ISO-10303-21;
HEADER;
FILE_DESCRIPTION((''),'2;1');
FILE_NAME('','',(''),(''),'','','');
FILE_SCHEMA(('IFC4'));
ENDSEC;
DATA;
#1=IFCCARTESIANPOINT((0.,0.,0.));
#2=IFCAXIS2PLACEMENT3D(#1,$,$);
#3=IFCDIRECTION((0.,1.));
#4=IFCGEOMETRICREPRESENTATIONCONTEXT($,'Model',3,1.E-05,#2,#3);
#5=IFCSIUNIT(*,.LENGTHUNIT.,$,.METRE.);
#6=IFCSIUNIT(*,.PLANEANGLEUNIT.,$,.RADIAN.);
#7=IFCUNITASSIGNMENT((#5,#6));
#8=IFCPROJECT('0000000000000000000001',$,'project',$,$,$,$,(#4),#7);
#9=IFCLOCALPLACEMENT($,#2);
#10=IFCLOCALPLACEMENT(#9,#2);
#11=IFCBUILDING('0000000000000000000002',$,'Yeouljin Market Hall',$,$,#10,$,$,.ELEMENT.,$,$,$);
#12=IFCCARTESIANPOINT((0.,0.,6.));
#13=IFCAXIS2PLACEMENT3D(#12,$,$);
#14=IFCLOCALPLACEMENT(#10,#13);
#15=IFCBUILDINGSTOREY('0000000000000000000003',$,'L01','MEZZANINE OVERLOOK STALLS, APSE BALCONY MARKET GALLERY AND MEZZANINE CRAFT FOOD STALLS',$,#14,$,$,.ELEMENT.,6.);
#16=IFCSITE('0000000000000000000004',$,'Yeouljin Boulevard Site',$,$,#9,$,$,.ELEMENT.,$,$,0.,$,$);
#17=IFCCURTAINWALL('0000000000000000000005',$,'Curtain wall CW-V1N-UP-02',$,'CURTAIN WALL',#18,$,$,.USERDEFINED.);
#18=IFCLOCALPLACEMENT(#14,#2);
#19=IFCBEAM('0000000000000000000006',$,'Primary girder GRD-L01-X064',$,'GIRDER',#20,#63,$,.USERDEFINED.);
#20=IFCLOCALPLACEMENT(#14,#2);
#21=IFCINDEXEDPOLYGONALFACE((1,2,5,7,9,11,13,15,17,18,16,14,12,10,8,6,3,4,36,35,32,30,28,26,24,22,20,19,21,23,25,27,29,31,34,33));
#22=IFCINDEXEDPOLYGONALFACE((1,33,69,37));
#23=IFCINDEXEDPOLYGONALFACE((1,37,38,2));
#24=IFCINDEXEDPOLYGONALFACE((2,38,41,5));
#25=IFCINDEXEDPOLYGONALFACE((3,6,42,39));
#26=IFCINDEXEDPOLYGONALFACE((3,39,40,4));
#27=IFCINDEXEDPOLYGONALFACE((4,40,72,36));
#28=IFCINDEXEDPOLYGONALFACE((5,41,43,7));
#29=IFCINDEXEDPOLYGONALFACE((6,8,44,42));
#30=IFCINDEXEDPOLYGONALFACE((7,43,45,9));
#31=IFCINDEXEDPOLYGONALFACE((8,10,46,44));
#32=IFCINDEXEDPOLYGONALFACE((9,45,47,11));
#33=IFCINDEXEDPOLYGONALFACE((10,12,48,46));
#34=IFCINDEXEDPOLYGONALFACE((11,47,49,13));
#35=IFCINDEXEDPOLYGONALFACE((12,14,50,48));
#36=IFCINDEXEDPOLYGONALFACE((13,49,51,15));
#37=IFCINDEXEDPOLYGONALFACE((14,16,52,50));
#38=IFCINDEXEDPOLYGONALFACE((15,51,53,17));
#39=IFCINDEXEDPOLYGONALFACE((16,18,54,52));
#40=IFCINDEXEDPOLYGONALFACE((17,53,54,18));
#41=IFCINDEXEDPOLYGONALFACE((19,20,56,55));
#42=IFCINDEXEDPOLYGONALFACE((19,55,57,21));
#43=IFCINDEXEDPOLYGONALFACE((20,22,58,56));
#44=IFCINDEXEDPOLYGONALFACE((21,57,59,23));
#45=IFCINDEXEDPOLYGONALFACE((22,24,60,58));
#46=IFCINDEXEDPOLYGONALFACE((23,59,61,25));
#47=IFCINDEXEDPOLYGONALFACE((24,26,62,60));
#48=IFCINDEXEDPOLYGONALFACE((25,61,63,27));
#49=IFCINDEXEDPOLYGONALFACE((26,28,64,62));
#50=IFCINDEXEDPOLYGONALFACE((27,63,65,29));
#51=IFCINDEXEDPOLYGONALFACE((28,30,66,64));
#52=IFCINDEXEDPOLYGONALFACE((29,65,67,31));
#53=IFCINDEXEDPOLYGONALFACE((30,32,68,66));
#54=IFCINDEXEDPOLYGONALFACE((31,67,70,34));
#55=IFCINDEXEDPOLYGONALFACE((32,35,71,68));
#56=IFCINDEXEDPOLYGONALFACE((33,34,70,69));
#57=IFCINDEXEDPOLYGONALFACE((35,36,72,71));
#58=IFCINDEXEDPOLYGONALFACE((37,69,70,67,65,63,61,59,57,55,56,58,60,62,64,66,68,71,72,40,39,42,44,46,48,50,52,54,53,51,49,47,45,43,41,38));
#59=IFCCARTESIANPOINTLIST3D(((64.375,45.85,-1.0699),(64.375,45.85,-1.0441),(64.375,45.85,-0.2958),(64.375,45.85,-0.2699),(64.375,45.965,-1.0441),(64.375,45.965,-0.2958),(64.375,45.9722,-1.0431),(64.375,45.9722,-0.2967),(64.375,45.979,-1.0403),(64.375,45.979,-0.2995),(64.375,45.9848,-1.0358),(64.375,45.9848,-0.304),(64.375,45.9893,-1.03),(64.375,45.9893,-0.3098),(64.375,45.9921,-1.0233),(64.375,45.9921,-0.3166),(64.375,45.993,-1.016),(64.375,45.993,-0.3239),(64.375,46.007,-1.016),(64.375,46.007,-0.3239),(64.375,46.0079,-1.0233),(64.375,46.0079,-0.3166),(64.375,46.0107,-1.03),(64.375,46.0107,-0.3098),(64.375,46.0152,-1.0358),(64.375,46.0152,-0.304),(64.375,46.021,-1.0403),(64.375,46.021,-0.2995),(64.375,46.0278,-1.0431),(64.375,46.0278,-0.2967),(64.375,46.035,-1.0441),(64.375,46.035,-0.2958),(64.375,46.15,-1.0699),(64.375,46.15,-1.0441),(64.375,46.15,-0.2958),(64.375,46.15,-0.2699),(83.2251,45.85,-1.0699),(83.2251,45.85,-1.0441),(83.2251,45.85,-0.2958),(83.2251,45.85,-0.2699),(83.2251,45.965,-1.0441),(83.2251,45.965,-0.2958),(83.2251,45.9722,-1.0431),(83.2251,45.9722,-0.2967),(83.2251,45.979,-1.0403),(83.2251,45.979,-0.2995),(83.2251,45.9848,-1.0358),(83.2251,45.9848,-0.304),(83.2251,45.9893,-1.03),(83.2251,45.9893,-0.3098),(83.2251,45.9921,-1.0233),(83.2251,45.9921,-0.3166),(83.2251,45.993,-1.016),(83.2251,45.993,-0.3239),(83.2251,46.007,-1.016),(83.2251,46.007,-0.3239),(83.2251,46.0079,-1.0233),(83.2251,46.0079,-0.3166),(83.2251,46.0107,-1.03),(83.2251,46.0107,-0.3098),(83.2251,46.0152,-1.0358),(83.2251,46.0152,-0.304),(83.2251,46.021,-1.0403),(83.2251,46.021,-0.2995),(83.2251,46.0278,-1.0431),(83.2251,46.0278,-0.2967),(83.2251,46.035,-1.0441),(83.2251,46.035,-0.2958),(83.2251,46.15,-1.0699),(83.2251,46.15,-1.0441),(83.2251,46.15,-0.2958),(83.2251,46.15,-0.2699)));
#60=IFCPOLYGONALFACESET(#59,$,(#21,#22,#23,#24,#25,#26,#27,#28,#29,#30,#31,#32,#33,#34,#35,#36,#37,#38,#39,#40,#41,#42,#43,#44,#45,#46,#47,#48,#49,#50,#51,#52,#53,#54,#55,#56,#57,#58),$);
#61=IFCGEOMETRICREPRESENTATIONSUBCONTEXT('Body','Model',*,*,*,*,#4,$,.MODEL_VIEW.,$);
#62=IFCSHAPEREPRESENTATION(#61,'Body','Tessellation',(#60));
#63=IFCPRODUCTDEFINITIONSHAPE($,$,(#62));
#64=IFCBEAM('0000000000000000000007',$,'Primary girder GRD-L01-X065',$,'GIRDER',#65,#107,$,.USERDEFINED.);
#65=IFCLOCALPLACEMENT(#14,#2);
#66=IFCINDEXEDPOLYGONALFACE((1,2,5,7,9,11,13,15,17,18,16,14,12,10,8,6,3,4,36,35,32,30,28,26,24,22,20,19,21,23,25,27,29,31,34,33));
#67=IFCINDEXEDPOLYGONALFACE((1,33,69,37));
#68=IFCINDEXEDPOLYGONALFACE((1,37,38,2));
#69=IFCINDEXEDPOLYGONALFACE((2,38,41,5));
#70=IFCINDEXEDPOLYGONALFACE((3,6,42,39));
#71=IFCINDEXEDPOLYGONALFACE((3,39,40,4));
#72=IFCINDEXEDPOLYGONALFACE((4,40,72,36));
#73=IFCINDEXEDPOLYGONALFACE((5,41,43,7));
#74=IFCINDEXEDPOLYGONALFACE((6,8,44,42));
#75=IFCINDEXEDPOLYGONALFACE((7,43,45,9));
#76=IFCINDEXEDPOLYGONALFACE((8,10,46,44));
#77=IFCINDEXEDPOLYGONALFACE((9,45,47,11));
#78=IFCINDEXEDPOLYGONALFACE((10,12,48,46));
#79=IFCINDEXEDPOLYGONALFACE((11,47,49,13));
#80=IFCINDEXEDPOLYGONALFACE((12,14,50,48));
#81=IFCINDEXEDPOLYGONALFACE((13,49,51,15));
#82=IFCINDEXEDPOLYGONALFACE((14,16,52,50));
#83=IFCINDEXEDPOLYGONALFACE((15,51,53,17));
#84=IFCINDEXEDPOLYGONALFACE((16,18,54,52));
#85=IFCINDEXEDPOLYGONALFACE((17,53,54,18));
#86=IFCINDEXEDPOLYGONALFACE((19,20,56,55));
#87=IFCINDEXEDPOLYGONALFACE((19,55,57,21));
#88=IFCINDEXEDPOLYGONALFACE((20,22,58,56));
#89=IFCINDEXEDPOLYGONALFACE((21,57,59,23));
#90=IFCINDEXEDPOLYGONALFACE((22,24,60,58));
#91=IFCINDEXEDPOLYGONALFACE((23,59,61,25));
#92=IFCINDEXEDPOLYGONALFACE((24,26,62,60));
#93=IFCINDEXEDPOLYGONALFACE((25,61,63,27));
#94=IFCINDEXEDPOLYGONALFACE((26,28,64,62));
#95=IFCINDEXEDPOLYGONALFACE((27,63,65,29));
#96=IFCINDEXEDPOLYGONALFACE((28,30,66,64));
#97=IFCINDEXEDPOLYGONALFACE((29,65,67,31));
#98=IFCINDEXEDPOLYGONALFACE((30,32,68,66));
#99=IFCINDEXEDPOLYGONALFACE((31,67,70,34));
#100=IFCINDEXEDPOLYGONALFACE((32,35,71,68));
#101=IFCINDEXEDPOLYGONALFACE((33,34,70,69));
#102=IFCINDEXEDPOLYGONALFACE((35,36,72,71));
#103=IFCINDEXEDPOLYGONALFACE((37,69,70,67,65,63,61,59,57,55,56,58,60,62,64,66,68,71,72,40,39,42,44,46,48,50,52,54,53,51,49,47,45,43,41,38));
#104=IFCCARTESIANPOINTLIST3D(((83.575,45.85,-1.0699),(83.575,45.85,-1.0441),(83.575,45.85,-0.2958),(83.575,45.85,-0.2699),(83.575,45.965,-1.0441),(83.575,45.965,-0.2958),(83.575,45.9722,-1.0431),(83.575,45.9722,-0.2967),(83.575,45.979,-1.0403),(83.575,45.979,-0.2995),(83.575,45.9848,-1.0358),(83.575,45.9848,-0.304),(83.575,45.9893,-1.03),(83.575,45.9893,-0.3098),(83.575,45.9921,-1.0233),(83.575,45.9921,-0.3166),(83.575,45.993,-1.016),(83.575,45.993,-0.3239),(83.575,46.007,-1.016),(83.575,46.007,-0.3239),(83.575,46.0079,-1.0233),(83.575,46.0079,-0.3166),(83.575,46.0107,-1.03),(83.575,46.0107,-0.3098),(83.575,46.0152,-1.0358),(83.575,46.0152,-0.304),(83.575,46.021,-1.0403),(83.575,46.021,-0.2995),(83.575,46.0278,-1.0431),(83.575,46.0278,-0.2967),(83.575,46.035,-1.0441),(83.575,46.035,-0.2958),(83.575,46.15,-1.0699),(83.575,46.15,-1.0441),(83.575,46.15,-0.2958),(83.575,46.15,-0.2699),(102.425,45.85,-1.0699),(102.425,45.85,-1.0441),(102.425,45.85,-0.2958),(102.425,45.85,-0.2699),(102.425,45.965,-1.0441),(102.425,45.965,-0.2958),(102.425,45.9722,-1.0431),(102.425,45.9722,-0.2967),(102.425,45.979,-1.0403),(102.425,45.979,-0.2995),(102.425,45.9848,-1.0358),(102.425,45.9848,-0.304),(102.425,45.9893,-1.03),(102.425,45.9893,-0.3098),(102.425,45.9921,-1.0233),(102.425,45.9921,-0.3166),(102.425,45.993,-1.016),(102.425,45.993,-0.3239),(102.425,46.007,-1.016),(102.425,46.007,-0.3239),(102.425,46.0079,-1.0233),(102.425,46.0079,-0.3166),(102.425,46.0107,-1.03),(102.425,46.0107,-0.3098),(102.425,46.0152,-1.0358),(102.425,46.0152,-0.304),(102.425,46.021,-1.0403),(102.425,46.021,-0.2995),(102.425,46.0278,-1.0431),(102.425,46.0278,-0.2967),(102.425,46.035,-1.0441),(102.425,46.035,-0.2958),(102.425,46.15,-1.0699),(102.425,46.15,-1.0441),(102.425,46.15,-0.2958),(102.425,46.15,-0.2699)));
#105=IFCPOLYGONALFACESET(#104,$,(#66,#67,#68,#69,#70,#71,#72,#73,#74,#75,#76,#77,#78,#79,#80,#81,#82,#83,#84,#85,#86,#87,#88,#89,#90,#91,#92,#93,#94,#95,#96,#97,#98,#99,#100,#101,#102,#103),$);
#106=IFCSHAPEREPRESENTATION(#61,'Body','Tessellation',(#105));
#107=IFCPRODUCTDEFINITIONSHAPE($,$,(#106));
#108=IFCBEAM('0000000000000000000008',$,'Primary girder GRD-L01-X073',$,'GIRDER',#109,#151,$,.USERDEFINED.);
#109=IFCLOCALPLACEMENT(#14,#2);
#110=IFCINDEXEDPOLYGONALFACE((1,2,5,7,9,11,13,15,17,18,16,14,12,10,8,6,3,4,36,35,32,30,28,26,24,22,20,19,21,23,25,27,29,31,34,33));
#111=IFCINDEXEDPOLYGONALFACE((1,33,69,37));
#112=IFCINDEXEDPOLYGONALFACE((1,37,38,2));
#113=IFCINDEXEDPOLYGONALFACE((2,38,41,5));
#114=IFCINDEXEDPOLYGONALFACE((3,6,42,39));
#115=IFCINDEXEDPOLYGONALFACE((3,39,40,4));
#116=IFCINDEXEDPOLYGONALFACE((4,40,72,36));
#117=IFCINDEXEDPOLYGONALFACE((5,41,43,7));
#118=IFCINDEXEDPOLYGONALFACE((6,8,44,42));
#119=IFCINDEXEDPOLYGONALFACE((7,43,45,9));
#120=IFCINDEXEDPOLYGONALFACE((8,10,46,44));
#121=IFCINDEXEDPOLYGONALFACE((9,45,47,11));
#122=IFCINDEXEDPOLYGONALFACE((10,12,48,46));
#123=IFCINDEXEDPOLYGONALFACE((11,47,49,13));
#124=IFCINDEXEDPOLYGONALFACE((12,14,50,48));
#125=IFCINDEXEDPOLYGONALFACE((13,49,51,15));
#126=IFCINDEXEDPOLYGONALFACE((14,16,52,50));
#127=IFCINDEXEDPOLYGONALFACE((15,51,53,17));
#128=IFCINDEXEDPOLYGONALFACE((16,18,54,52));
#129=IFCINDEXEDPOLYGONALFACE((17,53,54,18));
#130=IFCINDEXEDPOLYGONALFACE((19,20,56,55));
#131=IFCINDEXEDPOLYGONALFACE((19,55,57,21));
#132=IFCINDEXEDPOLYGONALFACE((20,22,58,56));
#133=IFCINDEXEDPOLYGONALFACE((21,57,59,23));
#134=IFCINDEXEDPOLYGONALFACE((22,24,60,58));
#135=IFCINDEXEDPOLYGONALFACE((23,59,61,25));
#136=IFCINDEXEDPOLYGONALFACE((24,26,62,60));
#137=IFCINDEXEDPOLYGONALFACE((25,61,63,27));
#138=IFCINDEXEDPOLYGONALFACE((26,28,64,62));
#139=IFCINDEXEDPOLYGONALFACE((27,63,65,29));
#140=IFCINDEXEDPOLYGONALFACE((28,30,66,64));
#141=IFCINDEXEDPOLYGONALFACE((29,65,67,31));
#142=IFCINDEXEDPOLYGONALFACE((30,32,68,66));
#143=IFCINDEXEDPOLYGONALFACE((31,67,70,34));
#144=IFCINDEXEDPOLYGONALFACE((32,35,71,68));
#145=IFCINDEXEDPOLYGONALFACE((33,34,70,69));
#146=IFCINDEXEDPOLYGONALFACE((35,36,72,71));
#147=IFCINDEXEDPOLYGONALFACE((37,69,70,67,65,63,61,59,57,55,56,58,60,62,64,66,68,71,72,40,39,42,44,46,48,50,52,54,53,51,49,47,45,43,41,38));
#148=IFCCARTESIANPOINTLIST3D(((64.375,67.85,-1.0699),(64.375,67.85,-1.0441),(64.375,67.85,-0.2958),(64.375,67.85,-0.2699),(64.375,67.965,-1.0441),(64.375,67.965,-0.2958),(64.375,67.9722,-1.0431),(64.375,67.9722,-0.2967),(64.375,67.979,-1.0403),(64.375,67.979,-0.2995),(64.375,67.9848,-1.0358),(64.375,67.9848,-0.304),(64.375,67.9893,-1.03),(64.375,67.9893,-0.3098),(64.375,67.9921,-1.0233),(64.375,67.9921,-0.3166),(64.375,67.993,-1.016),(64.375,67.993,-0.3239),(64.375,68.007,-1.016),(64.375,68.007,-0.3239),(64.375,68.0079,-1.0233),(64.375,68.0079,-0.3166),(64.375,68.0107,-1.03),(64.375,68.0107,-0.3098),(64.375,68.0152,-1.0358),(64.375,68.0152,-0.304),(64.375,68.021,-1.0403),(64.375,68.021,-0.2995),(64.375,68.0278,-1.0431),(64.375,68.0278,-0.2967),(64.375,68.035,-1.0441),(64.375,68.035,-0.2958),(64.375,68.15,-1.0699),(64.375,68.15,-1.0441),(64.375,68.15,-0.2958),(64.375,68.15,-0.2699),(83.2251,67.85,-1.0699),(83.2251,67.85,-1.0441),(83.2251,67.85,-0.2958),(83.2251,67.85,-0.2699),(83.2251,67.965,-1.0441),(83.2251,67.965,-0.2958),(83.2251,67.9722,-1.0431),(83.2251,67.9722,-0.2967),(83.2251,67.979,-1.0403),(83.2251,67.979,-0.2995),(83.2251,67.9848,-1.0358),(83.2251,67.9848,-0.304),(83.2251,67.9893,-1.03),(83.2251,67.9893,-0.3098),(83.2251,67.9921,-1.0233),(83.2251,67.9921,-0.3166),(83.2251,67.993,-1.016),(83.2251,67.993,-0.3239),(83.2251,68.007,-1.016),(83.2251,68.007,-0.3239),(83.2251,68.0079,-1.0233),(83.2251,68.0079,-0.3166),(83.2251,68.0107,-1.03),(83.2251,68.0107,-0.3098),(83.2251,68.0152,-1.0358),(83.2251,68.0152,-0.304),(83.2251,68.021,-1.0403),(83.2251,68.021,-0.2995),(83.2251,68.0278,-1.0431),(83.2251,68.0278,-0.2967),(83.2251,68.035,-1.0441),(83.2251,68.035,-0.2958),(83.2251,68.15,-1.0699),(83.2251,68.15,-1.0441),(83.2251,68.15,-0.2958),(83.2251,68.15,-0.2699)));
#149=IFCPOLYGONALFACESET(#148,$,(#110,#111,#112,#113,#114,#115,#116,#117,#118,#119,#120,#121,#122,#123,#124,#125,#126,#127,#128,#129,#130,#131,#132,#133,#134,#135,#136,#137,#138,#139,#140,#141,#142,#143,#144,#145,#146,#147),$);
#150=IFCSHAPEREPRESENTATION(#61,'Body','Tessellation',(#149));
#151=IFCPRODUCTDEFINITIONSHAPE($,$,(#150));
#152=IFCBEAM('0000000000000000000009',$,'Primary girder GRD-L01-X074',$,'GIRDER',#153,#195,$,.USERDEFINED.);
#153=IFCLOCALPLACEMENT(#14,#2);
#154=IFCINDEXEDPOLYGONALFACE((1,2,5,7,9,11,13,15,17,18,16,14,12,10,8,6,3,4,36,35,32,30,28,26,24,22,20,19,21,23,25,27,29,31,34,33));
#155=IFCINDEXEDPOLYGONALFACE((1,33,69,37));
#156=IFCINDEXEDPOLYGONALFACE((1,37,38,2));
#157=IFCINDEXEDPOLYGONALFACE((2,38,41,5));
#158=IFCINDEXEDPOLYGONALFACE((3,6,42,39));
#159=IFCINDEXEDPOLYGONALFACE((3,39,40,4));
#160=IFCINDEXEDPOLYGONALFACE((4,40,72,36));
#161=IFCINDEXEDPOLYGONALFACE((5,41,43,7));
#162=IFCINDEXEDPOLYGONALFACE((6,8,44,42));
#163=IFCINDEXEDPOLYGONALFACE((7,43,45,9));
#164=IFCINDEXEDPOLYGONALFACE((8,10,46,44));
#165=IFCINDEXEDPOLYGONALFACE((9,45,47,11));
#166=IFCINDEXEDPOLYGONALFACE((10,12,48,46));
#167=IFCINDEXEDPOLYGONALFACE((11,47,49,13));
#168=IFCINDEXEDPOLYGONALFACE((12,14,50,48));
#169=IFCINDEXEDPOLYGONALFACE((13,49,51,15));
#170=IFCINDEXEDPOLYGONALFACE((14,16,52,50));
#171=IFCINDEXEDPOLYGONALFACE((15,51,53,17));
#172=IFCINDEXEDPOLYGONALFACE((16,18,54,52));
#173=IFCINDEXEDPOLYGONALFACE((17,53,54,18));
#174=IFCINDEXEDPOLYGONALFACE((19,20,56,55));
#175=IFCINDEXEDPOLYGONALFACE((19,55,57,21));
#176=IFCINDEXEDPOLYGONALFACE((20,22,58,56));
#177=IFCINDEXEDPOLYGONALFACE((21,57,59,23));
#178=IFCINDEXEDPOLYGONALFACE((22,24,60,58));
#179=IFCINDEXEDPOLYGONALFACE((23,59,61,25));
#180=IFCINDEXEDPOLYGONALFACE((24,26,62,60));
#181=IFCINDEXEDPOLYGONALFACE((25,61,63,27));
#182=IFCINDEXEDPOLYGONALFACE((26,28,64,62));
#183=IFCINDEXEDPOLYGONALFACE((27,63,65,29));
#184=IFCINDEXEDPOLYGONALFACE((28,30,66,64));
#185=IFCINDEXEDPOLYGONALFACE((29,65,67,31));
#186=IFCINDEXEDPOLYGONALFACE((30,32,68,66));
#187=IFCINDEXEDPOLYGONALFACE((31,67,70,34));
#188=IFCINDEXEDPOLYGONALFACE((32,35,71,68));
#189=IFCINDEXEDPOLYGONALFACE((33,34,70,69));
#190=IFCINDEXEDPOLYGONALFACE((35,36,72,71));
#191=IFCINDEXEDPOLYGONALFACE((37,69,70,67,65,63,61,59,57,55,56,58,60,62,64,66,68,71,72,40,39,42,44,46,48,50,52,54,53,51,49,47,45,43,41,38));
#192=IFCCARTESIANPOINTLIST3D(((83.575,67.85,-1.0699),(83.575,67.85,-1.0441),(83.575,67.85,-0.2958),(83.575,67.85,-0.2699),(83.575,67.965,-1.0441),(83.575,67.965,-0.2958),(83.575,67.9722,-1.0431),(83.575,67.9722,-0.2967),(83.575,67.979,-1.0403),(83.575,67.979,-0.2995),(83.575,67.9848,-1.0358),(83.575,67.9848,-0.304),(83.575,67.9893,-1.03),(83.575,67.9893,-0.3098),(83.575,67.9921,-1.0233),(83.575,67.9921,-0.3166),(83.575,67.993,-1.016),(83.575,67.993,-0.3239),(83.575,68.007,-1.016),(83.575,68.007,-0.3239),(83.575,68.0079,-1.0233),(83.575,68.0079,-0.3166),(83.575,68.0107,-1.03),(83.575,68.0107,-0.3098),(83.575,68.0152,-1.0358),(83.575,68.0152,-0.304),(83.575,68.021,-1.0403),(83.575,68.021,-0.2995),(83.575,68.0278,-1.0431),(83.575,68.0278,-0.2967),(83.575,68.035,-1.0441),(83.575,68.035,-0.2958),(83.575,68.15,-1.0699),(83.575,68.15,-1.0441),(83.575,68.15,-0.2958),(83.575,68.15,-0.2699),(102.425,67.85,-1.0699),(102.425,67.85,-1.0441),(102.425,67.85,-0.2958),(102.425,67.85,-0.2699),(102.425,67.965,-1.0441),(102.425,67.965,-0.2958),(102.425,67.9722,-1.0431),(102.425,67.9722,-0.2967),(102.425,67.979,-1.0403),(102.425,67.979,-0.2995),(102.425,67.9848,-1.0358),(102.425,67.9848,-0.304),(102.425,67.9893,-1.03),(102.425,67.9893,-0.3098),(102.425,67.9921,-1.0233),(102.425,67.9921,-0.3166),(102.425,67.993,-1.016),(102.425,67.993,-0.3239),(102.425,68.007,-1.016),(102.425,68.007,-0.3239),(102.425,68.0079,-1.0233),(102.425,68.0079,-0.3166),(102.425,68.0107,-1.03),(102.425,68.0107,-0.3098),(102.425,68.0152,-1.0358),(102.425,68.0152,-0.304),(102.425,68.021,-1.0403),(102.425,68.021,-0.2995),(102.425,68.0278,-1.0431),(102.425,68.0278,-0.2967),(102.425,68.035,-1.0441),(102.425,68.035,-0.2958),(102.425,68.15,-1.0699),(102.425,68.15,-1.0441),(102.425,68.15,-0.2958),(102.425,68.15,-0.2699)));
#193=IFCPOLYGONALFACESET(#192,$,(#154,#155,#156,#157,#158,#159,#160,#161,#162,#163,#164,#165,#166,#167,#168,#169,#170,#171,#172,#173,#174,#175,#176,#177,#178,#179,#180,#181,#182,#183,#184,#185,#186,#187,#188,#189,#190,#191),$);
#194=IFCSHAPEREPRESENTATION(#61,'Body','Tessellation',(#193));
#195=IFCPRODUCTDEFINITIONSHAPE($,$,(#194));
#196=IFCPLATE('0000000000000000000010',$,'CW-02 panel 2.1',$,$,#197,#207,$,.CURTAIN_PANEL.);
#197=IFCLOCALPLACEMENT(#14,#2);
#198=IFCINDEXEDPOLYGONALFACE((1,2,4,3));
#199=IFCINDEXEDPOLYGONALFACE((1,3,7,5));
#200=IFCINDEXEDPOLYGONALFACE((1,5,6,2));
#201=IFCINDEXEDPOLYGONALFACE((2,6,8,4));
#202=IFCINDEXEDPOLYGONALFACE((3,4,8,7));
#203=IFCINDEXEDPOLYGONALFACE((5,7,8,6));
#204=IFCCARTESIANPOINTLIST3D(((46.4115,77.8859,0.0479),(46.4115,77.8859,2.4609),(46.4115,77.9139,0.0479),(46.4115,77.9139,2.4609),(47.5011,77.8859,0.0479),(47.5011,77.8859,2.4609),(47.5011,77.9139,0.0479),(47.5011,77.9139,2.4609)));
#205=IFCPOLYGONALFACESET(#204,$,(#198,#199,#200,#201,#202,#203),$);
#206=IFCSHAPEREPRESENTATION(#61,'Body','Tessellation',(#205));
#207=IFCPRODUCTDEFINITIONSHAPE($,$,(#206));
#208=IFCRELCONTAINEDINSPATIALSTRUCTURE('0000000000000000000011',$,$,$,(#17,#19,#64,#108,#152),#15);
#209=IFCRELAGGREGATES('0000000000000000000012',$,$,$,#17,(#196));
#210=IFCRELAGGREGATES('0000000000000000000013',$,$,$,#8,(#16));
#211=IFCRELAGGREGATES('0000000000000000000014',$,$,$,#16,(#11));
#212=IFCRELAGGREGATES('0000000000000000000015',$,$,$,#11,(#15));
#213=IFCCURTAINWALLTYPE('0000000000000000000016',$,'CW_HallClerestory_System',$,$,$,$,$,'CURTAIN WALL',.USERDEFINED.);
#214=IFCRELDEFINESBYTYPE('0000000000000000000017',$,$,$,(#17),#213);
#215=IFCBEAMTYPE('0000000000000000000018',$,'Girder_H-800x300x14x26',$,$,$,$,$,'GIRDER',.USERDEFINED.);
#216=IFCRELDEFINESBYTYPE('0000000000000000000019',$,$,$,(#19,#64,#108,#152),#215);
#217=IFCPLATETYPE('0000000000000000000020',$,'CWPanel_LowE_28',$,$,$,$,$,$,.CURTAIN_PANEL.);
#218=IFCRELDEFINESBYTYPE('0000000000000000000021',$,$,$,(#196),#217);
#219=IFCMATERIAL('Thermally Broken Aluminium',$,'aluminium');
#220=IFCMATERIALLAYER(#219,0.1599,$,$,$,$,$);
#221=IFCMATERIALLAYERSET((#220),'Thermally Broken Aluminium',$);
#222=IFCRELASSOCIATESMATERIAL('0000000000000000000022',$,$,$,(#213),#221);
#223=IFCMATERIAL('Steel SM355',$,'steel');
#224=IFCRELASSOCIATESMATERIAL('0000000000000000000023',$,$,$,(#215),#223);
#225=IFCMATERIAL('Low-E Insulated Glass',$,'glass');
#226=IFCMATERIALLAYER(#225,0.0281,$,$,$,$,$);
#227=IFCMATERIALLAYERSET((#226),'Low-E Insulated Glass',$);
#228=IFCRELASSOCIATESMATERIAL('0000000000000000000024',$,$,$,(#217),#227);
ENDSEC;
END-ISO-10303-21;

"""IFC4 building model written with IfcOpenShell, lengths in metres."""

from ifc_helpers import new_model, si_unit, direction, frame, origin, origin_2d, place, context, subcontext, project, spatial, rectangle, i_section, extrude, material, layer, layer_set, material_profile, profile_set, type_object, element, aggregate, save


model = new_model("IFC4")

# Units and contexts
model_context = context("Model", 3, precision=1e-05, world=origin(), true_north=direction((0.0, 1.0)))
body_context = subcontext(model_context, "Body", "Model", "MODEL_VIEW")
ifc_project = project(units=[si_unit("LENGTHUNIT", "METRE"), si_unit("PLANEANGLEUNIT", "RADIAN")], contexts=[model_context])

# Site, building, storey
site_placement = place(None, origin())
site = spatial("IfcSite", under=ifc_project, at=site_placement, Name="Yeouljin Boulevard Site", CompositionType="ELEMENT", RefElevation=0.0)
building_placement = place(site_placement, origin())
building = spatial("IfcBuilding", under=site, at=building_placement, Name="Yeouljin Market Hall", CompositionType="ELEMENT")
storey_placement = place(building_placement, frame((0.0, 0.0, 6.0)))
storey = spatial("IfcBuildingStorey", under=building, at=storey_placement, Name="L01", Description="MEZZANINE OVERLOOK STALLS, APSE BALCONY MARKET GALLERY AND MEZZANINE CRAFT FOOD STALLS", CompositionType="ELEMENT", Elevation=6.0)

# Curtain wall
ifc_material_1 = material(Name="Thermally Broken Aluminium", Category="aluminium")
ifc_layer_1 = layer(ifc_material_1, 0.1599)
ifc_layer_set_1 = layer_set([ifc_layer_1], Name="Thermally Broken Aluminium")
curtain_wall_type = type_object("IfcCurtainWallType", Name="CW_HallClerestory_System", ElementType="CURTAIN WALL", PredefinedType="USERDEFINED", material=ifc_layer_set_1)
curtain_wall_placement = place(storey_placement, origin())
curtain_wall = element("IfcCurtainWall", 1, at=curtain_wall_placement, inside=storey, type_object=curtain_wall_type, Name="Curtain wall CW-V1N-UP-02", ObjectType="CURTAIN WALL", PredefinedType="USERDEFINED")

# Beams
ifc_material_2 = material(Name="Steel SM355", Category="steel")
ifc_material_profile_1 = material_profile(ifc_material_2, i_section(OverallWidth=0.3, OverallDepth=0.8, WebThickness=0.0139, FlangeThickness=0.0259, FilletRadius=0.0281, at=origin_2d()), Name="H-800x300x14x26")
ifc_profile_set_1 = profile_set([ifc_material_profile_1], Name="Steel SM355")
beam_type_1 = type_object("IfcBeamType", Name="Girder_H-800x300x14x26", ElementType="GIRDER", PredefinedType="USERDEFINED", material=ifc_profile_set_1)
for number, where, z_axis, x_axis, name in (
    (2, (64.375, 46.0, -0.6699), (1.0, 0.0, 0.0), (0.0, 1.0, 0.0), "Primary girder GRD-L01-X064"),
    (3, (83.575, 46.0, -0.6699), (1.0, 0.0, 0.0), (0.0, 1.0, 0.0), "Primary girder GRD-L01-X065"),
    (4, (64.375, 68.0, -0.6699), (1.0, 0.0, 0.0), (0.0, 1.0, 0.0), "Primary girder GRD-L01-X073"),
    (5, (83.575, 68.0, -0.6699), (1.0, 0.0, 0.0), (0.0, 1.0, 0.0), "Primary girder GRD-L01-X074"),
):
    element("IfcBeam", number, at=place(storey_placement, frame(where, z_axis=z_axis, x_axis=x_axis)), inside=storey, type_object=beam_type_1, Name=name, ObjectType="GIRDER", PredefinedType="USERDEFINED", context=body_context, shape_type="SweptSolid", body=[
        extrude(i_section(OverallWidth=0.3, OverallDepth=0.8, WebThickness=0.0139, FlangeThickness=0.0259, FilletRadius=0.0281, at=origin_2d()), origin(), (0.0, 0.0, 1.0), 18.8501),
    ])

# Plate
ifc_material_3 = material(Name="Low-E Insulated Glass", Category="glass")
ifc_layer_2 = layer(ifc_material_3, 0.0281)
ifc_layer_set_2 = layer_set([ifc_layer_2], Name="Low-E Insulated Glass")
plate_type_1 = type_object("IfcPlateType", Name="CWPanel_LowE_28", PredefinedType="CURTAIN_PANEL", material=ifc_layer_set_2)
plate_1_placement = place(storey_placement, frame((46.9563, 77.8999, 0.0479), z_axis=(0.0, 0.0, 1.0), x_axis=(1.0, 0.0, 0.0)))
plate_1 = element("IfcPlate", 6, at=plate_1_placement, type_object=plate_type_1, Name="CW-02 panel 2.1", PredefinedType="CURTAIN_PANEL", context=body_context, shape_type="SweptSolid", body=[
    extrude(rectangle(XDim=1.0896, YDim=0.0281, at=origin_2d()), origin(), (0.0, 0.0, 1.0), 2.4131),
])
aggregate(curtain_wall, [plate_1])

save(model, "model.ifc")
